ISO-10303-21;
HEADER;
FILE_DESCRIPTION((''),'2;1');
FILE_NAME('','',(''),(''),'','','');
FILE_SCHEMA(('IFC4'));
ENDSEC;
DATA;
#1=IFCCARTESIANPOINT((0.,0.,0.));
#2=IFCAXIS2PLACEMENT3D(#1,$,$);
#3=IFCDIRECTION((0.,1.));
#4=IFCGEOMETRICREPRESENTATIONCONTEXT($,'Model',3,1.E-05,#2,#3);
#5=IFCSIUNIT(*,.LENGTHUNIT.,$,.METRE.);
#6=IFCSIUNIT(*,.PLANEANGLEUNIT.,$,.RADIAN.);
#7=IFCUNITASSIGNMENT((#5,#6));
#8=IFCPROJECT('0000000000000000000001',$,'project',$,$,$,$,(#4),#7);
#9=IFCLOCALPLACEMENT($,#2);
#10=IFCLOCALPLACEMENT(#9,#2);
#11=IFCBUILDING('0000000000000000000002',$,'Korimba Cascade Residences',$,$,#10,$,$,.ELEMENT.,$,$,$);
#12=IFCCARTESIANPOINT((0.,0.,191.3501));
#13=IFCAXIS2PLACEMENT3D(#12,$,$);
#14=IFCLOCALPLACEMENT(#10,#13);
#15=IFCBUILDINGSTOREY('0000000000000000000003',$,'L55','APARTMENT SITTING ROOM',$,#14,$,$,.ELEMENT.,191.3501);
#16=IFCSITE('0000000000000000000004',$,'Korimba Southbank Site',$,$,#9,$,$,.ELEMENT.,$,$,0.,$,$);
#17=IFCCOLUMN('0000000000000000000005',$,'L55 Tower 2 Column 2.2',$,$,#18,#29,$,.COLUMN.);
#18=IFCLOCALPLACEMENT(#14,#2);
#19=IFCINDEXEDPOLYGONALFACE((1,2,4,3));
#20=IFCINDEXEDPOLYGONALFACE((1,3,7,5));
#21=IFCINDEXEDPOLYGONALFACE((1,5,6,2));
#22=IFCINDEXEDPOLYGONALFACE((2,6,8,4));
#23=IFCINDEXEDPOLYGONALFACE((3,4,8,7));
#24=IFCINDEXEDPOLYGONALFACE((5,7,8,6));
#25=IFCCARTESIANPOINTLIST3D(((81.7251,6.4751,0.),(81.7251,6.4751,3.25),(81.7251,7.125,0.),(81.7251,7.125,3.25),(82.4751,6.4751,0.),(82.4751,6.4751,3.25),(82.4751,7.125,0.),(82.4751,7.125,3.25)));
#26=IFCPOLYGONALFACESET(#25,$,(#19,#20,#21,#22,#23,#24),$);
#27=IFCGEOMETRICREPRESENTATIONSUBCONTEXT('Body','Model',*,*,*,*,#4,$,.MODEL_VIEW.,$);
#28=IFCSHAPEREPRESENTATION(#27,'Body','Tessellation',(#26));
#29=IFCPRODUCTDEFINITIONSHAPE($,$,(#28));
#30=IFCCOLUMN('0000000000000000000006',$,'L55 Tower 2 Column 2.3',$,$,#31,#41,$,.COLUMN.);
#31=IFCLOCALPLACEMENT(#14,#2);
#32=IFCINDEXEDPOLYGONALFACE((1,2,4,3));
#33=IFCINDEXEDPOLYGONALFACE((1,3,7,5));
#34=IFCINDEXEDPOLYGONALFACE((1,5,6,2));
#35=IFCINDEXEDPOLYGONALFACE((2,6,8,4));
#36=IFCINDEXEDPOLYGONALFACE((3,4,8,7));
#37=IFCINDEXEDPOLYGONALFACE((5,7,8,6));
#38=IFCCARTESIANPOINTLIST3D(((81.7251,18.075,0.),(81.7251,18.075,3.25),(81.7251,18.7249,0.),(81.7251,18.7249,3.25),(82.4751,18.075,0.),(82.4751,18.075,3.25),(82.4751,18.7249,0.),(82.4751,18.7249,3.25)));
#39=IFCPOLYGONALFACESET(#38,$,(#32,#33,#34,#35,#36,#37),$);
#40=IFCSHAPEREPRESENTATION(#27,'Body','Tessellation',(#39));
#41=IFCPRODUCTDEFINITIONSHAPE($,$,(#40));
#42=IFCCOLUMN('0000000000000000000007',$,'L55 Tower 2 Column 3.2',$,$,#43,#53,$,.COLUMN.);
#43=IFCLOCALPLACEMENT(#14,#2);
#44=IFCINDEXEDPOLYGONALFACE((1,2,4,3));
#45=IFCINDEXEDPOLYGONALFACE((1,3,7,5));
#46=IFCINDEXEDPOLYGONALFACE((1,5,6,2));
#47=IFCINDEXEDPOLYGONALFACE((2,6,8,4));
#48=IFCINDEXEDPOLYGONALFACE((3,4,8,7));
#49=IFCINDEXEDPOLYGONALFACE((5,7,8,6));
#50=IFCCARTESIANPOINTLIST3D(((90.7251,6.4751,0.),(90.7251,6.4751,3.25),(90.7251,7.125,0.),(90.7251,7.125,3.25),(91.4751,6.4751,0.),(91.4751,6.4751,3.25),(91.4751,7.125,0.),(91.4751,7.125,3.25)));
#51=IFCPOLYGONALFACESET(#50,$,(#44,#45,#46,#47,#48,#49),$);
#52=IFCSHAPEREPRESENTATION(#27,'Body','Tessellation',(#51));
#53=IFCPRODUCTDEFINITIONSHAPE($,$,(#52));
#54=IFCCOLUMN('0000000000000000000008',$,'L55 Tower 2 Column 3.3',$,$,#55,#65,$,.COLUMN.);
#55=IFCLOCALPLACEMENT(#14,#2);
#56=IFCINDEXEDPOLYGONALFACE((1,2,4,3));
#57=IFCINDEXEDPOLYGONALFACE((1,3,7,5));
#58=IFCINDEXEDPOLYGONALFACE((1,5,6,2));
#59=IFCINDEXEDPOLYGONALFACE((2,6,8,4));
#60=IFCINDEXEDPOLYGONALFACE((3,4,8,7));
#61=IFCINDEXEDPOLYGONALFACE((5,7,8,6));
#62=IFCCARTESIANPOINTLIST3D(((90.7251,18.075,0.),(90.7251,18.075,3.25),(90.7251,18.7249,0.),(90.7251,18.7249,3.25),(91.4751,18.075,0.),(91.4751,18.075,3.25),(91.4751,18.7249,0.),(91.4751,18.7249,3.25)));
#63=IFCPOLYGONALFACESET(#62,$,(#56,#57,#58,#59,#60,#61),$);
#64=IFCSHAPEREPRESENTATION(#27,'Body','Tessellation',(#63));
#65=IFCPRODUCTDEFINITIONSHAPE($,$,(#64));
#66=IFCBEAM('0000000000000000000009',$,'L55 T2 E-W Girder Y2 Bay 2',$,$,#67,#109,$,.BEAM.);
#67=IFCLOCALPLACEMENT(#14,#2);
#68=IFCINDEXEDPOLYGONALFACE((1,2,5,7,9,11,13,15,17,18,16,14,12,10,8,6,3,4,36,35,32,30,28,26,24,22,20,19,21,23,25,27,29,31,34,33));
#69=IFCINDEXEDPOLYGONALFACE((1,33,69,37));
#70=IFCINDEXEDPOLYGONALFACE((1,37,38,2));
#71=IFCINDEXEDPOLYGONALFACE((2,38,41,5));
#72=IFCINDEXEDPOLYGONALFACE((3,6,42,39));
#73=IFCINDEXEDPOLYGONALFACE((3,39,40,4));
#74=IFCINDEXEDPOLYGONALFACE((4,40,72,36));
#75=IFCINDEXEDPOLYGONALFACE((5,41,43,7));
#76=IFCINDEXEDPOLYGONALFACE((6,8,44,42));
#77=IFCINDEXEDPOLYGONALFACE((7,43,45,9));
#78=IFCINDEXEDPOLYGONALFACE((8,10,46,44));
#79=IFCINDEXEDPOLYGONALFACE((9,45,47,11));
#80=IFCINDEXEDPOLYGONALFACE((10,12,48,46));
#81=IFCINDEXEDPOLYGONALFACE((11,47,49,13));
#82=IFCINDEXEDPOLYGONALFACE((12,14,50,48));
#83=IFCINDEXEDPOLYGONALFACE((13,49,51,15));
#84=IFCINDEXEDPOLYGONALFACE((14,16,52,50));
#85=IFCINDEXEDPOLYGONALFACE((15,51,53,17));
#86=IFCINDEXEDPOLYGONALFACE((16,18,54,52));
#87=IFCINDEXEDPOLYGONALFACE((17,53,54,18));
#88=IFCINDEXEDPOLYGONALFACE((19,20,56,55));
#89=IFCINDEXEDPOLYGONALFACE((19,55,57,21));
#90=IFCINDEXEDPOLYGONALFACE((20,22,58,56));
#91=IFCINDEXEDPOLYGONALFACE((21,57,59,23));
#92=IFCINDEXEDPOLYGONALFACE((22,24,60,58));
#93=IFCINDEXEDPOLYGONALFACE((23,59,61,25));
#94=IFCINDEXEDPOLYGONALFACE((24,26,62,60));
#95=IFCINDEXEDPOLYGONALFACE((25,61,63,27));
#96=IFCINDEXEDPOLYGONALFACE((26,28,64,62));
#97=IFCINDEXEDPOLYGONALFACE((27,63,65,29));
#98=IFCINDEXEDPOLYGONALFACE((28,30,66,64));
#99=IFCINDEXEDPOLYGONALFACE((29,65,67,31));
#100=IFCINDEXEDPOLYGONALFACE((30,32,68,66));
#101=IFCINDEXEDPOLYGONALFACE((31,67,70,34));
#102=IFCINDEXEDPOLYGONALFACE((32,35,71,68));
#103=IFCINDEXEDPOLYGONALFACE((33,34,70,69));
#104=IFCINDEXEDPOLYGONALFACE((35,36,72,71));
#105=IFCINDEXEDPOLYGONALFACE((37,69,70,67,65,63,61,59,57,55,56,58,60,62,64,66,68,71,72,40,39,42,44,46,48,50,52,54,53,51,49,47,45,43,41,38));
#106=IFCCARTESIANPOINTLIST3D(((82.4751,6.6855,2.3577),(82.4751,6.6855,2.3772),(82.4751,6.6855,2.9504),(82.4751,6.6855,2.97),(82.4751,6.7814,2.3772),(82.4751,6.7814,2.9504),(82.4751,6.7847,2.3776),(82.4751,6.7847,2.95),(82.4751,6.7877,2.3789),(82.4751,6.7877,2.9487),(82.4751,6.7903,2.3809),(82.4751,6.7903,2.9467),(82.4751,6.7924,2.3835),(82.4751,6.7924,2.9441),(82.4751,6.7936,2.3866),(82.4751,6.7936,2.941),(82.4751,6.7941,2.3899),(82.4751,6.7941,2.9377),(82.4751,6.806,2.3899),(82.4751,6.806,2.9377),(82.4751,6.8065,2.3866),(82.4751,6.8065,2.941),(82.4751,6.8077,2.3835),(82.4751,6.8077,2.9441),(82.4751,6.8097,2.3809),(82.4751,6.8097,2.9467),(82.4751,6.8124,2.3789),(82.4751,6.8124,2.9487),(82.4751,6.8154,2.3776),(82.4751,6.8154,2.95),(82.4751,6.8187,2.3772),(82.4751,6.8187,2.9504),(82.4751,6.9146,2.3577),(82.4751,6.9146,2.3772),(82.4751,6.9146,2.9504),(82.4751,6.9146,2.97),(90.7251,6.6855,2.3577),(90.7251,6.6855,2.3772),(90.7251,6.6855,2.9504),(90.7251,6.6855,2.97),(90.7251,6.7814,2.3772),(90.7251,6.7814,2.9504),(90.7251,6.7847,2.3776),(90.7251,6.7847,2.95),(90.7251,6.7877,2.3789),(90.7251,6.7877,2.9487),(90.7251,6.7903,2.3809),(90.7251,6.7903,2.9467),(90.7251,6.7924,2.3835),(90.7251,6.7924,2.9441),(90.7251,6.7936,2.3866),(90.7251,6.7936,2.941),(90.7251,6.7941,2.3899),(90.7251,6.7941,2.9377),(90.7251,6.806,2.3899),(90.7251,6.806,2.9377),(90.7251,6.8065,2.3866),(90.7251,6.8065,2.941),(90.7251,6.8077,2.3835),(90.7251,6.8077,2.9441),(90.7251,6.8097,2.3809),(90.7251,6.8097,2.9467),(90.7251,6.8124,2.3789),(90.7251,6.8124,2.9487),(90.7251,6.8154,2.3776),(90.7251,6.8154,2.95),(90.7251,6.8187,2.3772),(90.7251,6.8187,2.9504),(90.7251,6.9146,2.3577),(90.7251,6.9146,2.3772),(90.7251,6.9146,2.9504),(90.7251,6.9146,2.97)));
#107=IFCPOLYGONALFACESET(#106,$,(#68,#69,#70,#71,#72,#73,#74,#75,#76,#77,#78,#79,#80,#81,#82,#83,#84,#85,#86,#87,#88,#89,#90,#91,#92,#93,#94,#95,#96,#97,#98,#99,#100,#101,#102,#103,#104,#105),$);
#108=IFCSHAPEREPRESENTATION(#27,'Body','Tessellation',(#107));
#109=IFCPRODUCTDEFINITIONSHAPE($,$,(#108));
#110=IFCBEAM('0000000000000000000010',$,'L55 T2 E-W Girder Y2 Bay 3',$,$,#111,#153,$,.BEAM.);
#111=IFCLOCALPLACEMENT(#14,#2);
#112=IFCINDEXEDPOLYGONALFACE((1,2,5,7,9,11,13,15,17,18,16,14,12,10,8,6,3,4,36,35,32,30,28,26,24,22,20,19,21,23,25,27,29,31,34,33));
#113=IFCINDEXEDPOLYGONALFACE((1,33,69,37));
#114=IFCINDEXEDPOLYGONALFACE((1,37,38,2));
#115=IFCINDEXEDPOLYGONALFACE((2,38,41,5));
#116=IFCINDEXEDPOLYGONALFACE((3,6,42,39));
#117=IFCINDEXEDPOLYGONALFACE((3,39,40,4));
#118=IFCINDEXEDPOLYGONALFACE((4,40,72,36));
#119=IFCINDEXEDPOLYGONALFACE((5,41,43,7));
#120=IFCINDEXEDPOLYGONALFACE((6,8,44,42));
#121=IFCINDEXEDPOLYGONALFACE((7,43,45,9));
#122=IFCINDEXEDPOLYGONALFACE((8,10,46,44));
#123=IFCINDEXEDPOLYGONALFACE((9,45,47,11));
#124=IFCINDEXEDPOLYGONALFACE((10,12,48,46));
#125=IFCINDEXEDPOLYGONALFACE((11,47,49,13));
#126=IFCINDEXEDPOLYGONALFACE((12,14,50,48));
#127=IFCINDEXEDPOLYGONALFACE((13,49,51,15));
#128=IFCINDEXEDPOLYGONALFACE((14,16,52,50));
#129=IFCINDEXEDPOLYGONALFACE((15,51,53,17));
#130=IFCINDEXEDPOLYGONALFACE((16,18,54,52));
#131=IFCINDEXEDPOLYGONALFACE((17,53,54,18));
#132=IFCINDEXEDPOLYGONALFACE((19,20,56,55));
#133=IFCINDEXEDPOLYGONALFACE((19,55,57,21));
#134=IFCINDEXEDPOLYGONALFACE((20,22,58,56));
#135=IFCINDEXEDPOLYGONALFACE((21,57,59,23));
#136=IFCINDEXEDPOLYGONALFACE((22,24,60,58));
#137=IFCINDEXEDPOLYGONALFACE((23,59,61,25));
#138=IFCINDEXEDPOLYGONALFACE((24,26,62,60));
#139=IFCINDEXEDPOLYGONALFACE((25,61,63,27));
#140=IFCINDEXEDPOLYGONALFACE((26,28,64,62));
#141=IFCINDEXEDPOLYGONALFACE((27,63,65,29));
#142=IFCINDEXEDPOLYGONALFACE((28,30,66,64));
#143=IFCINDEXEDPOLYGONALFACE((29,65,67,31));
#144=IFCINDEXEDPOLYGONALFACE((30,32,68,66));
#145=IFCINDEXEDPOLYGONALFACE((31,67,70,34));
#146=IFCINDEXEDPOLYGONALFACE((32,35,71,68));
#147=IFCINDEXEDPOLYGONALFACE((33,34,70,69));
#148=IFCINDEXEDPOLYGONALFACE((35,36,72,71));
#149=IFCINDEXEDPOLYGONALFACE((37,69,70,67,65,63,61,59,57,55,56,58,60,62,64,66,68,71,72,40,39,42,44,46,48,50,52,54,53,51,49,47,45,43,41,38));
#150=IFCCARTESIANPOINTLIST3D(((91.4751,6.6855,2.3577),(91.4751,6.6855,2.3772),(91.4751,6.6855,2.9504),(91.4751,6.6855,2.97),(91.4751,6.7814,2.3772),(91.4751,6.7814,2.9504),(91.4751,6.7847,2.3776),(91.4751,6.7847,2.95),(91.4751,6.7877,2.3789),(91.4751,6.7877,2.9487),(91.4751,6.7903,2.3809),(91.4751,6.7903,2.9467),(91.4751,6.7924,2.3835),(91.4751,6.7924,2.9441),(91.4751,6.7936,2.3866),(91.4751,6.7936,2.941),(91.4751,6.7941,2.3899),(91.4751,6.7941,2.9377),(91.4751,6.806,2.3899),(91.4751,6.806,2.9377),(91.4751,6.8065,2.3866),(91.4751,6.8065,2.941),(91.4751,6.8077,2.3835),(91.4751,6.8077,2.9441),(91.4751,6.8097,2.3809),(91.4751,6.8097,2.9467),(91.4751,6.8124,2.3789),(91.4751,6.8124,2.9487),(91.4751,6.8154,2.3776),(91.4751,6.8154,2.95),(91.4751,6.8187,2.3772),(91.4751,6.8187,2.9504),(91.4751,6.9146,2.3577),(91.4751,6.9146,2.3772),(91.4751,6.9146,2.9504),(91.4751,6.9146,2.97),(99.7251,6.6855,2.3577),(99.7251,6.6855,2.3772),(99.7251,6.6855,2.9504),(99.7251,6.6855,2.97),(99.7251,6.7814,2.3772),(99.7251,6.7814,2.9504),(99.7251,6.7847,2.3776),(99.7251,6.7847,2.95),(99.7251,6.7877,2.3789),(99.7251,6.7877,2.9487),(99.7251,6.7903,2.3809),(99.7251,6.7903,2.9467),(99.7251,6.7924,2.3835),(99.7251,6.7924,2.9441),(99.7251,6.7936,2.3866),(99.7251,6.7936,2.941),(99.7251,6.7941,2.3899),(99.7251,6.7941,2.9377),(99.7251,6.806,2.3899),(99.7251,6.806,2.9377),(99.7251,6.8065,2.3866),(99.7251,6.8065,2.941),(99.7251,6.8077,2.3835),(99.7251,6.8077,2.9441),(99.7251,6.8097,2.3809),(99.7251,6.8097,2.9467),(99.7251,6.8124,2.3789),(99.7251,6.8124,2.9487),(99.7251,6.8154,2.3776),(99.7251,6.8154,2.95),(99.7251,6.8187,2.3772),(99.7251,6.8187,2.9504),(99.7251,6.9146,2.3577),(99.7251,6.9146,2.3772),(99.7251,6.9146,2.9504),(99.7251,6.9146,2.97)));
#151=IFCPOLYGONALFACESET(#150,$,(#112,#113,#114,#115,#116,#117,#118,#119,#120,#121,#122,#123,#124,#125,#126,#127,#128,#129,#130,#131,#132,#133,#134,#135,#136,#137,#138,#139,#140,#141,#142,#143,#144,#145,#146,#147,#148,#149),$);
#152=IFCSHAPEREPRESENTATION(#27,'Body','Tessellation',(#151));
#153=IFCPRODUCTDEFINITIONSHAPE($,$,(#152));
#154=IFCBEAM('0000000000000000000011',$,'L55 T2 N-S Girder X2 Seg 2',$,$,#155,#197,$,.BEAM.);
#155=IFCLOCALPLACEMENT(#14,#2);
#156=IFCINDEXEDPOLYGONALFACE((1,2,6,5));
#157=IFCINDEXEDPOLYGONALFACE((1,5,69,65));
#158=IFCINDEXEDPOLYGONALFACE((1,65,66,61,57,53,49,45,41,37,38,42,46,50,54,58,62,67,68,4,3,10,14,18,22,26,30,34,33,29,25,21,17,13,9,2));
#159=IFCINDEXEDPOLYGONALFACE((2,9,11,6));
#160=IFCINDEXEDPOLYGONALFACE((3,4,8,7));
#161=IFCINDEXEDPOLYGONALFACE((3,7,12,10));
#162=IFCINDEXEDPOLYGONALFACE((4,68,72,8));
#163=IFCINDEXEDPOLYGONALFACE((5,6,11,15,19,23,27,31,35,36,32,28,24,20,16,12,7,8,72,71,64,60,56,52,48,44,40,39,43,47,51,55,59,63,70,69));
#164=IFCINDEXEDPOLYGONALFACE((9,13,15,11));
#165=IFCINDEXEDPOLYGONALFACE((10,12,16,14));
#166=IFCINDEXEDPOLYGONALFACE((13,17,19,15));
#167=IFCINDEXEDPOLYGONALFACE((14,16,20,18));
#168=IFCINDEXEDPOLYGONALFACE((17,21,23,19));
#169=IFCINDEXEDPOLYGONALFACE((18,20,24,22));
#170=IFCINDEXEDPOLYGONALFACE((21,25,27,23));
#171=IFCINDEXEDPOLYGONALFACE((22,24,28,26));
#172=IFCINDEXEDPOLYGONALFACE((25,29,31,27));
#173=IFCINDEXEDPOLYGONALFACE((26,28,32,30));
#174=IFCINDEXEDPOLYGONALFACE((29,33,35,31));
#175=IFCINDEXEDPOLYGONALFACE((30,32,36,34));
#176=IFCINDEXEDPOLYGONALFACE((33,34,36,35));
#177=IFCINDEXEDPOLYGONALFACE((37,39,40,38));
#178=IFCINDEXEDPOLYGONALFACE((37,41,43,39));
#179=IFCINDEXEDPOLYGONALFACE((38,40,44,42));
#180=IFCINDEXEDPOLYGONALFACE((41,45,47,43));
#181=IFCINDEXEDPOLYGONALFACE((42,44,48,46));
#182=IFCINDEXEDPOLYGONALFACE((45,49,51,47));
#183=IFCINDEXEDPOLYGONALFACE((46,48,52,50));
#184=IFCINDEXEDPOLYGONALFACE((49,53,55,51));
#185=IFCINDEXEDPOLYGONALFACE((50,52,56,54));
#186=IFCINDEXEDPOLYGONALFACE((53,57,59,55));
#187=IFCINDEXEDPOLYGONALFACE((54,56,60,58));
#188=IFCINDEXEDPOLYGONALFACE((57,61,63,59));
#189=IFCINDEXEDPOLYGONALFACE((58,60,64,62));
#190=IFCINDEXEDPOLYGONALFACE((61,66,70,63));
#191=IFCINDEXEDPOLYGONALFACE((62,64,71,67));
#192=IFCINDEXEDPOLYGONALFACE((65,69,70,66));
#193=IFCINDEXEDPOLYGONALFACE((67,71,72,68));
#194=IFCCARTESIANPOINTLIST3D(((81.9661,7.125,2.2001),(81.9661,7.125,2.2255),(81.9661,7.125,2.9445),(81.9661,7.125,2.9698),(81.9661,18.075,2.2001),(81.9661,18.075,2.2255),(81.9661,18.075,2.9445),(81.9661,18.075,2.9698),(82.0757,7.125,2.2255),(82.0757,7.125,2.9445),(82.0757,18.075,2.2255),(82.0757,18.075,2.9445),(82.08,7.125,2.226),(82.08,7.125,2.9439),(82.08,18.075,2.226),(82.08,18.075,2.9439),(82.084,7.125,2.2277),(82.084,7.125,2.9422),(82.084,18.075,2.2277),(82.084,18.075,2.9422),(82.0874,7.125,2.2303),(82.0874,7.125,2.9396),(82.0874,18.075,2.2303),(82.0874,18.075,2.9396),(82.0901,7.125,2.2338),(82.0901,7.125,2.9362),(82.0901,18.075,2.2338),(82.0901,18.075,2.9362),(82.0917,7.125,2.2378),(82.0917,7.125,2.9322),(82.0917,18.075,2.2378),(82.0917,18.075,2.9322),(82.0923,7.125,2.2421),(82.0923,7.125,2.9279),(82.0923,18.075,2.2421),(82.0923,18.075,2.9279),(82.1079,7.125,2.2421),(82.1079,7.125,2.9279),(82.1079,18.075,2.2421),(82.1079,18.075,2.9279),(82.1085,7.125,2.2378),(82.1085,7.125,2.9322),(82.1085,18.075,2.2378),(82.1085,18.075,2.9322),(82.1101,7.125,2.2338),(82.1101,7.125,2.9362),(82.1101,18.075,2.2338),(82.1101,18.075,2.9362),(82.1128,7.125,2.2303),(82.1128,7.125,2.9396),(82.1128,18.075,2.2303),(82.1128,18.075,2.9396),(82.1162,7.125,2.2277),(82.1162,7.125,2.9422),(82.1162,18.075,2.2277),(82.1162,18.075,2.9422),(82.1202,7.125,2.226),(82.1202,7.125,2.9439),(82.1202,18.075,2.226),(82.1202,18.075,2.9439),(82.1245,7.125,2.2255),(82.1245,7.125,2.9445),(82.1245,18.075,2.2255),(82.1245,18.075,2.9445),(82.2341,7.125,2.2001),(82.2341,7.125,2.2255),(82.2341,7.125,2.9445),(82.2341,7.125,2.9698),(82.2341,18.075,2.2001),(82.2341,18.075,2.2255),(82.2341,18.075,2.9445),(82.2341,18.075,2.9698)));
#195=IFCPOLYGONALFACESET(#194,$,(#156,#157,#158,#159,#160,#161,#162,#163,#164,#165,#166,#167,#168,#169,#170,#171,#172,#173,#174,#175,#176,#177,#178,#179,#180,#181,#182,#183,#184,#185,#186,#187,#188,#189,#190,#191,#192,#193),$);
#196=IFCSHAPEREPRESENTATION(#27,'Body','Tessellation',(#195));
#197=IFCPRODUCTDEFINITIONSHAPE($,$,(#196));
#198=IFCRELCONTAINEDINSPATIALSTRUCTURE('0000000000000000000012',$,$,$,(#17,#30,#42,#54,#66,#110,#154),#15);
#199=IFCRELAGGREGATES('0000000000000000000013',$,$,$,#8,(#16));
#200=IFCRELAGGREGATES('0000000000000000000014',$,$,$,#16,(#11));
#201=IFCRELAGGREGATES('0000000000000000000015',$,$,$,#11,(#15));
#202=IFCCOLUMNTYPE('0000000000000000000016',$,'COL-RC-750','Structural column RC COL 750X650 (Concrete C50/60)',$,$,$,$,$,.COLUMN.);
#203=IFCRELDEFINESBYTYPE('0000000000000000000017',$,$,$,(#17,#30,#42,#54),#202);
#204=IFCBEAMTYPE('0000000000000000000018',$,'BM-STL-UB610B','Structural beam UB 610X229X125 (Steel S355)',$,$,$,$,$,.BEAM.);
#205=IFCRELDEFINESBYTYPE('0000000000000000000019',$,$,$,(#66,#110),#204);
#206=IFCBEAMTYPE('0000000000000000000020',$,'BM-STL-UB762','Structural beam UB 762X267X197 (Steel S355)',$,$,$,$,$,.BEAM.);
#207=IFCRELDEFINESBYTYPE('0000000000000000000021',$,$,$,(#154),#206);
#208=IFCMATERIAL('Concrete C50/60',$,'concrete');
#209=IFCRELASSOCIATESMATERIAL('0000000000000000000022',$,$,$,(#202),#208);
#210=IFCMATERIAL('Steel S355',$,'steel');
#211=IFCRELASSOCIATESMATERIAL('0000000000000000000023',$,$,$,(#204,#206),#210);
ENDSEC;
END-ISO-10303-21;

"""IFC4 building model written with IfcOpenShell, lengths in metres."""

from ifc_helpers import new_model, si_unit, direction, frame, origin, origin_2d, place, context, subcontext, project, spatial, rectangle, i_section, extrude, material, material_profile, profile_set, type_object, element, save


model = new_model("IFC4")

# Units and contexts
model_context = context("Model", 3, precision=1e-05, world=origin(), true_north=direction((0.0, 1.0)))
body_context = subcontext(model_context, "Body", "Model", "MODEL_VIEW")
ifc_project = project(units=[si_unit("LENGTHUNIT", "METRE"), si_unit("PLANEANGLEUNIT", "RADIAN")], contexts=[model_context])

# Site, building, storey
site_placement = place(None, origin())
site = spatial("IfcSite", under=ifc_project, at=site_placement, Name="Korimba Southbank Site", CompositionType="ELEMENT", RefElevation=0.0)
building_placement = place(site_placement, origin())
building = spatial("IfcBuilding", under=site, at=building_placement, Name="Korimba Cascade Residences", CompositionType="ELEMENT")
storey_placement = place(building_placement, frame((0.0, 0.0, 191.3501)))
storey = spatial("IfcBuildingStorey", under=building, at=storey_placement, Name="L55", Description="APARTMENT SITTING ROOM", CompositionType="ELEMENT", Elevation=191.3501)

# Columns
ifc_material_1 = material(Name="Concrete C50/60", Category="concrete")
ifc_material_profile_1 = material_profile(ifc_material_1, rectangle(XDim=0.75, YDim=0.6499, at=origin_2d()), Name="Concrete C50/60")
ifc_profile_set_1 = profile_set([ifc_material_profile_1], Name="Concrete C50/60")
column_type = type_object("IfcColumnType", Name="COL-RC-750", Description="Structural column RC COL 750X650 (Concrete C50/60)", PredefinedType="COLUMN", material=ifc_profile_set_1)
for number, where, z_axis, x_axis, name in (
    (1, (82.1001, 6.8, 0.0), (0.0, 0.0, 1.0), (1.0, 0.0, 0.0), "L55 Tower 2 Column 2.2"),
    (2, (82.1001, 18.3999, 0.0), (0.0, 0.0, 1.0), (1.0, 0.0, 0.0), "L55 Tower 2 Column 2.3"),
    (3, (91.1001, 6.8, 0.0), (0.0, 0.0, 1.0), (1.0, 0.0, 0.0), "L55 Tower 2 Column 3.2"),
    (4, (91.1001, 18.3999, 0.0), (0.0, 0.0, 1.0), (1.0, 0.0, 0.0), "L55 Tower 2 Column 3.3"),
):
    element("IfcColumn", number, at=place(storey_placement, frame(where, z_axis=z_axis, x_axis=x_axis)), inside=storey, type_object=column_type, Name=name, PredefinedType="COLUMN", context=body_context, shape_type="SweptSolid", body=[
        extrude(rectangle(XDim=0.75, YDim=0.6499, at=origin_2d()), origin(), (0.0, 0.0, 1.0), 3.25),
    ])

# Beams
ifc_material_2 = material(Name="Steel S355", Category="steel")
ifc_material_profile_2 = material_profile(ifc_material_2, i_section(OverallWidth=0.229, OverallDepth=0.6123, WebThickness=0.012, FlangeThickness=0.0195, FilletRadius=0.0127, at=origin_2d()), Name="Steel S355")
ifc_profile_set_2 = profile_set([ifc_material_profile_2], Name="Steel S355")
beam_type_1 = type_object("IfcBeamType", Name="BM-STL-UB610B", Description="Structural beam UB 610X229X125 (Steel S355)", PredefinedType="BEAM", material=ifc_profile_set_2)
for number, where, z_axis, x_axis, name in (
    (5, (82.4751, 6.8, 2.6638), (1.0, 0.0, 0.0), (0.0, 1.0, 0.0), "L55 T2 E-W Girder Y2 Bay 2"),
    (6, (91.4751, 6.8, 2.6638), (1.0, 0.0, 0.0), (0.0, 1.0, 0.0), "L55 T2 E-W Girder Y2 Bay 3"),
):
    element("IfcBeam", number, at=place(storey_placement, frame(where, z_axis=z_axis, x_axis=x_axis)), inside=storey, type_object=beam_type_1, Name=name, PredefinedType="BEAM", context=body_context, shape_type="SweptSolid", body=[
        extrude(i_section(OverallWidth=0.229, OverallDepth=0.6123, WebThickness=0.012, FlangeThickness=0.0195, FilletRadius=0.0127, at=origin_2d()), origin(), (0.0, 0.0, 1.0), 8.25),
    ])
ifc_material_profile_3 = material_profile(ifc_material_2, i_section(OverallWidth=0.2681, OverallDepth=0.7698, WebThickness=0.0156, FlangeThickness=0.0254, FilletRadius=0.0166, at=origin_2d()), Name="Steel S355")
ifc_profile_set_3 = profile_set([ifc_material_profile_3], Name="Steel S355")
beam_type_2 = type_object("IfcBeamType", Name="BM-STL-UB762", Description="Structural beam UB 762X267X197 (Steel S355)", PredefinedType="BEAM", material=ifc_profile_set_3)
for number, where, z_axis, x_axis, name in (
    (7, (82.1001, 7.125, 2.585), (0.0, 1.0, 0.0), (-1.0, 0.0, 0.0), "L55 T2 N-S Girder X2 Seg 2"),
):
    element("IfcBeam", number, at=place(storey_placement, frame(where, z_axis=z_axis, x_axis=x_axis)), inside=storey, type_object=beam_type_2, Name=name, PredefinedType="BEAM", context=body_context, shape_type="SweptSolid", body=[
        extrude(i_section(OverallWidth=0.2681, OverallDepth=0.7698, WebThickness=0.0156, FlangeThickness=0.0254, FilletRadius=0.0166, at=origin_2d()), origin(), (0.0, 0.0, 1.0), 10.95),
    ])

save(model, "model.ifc")
